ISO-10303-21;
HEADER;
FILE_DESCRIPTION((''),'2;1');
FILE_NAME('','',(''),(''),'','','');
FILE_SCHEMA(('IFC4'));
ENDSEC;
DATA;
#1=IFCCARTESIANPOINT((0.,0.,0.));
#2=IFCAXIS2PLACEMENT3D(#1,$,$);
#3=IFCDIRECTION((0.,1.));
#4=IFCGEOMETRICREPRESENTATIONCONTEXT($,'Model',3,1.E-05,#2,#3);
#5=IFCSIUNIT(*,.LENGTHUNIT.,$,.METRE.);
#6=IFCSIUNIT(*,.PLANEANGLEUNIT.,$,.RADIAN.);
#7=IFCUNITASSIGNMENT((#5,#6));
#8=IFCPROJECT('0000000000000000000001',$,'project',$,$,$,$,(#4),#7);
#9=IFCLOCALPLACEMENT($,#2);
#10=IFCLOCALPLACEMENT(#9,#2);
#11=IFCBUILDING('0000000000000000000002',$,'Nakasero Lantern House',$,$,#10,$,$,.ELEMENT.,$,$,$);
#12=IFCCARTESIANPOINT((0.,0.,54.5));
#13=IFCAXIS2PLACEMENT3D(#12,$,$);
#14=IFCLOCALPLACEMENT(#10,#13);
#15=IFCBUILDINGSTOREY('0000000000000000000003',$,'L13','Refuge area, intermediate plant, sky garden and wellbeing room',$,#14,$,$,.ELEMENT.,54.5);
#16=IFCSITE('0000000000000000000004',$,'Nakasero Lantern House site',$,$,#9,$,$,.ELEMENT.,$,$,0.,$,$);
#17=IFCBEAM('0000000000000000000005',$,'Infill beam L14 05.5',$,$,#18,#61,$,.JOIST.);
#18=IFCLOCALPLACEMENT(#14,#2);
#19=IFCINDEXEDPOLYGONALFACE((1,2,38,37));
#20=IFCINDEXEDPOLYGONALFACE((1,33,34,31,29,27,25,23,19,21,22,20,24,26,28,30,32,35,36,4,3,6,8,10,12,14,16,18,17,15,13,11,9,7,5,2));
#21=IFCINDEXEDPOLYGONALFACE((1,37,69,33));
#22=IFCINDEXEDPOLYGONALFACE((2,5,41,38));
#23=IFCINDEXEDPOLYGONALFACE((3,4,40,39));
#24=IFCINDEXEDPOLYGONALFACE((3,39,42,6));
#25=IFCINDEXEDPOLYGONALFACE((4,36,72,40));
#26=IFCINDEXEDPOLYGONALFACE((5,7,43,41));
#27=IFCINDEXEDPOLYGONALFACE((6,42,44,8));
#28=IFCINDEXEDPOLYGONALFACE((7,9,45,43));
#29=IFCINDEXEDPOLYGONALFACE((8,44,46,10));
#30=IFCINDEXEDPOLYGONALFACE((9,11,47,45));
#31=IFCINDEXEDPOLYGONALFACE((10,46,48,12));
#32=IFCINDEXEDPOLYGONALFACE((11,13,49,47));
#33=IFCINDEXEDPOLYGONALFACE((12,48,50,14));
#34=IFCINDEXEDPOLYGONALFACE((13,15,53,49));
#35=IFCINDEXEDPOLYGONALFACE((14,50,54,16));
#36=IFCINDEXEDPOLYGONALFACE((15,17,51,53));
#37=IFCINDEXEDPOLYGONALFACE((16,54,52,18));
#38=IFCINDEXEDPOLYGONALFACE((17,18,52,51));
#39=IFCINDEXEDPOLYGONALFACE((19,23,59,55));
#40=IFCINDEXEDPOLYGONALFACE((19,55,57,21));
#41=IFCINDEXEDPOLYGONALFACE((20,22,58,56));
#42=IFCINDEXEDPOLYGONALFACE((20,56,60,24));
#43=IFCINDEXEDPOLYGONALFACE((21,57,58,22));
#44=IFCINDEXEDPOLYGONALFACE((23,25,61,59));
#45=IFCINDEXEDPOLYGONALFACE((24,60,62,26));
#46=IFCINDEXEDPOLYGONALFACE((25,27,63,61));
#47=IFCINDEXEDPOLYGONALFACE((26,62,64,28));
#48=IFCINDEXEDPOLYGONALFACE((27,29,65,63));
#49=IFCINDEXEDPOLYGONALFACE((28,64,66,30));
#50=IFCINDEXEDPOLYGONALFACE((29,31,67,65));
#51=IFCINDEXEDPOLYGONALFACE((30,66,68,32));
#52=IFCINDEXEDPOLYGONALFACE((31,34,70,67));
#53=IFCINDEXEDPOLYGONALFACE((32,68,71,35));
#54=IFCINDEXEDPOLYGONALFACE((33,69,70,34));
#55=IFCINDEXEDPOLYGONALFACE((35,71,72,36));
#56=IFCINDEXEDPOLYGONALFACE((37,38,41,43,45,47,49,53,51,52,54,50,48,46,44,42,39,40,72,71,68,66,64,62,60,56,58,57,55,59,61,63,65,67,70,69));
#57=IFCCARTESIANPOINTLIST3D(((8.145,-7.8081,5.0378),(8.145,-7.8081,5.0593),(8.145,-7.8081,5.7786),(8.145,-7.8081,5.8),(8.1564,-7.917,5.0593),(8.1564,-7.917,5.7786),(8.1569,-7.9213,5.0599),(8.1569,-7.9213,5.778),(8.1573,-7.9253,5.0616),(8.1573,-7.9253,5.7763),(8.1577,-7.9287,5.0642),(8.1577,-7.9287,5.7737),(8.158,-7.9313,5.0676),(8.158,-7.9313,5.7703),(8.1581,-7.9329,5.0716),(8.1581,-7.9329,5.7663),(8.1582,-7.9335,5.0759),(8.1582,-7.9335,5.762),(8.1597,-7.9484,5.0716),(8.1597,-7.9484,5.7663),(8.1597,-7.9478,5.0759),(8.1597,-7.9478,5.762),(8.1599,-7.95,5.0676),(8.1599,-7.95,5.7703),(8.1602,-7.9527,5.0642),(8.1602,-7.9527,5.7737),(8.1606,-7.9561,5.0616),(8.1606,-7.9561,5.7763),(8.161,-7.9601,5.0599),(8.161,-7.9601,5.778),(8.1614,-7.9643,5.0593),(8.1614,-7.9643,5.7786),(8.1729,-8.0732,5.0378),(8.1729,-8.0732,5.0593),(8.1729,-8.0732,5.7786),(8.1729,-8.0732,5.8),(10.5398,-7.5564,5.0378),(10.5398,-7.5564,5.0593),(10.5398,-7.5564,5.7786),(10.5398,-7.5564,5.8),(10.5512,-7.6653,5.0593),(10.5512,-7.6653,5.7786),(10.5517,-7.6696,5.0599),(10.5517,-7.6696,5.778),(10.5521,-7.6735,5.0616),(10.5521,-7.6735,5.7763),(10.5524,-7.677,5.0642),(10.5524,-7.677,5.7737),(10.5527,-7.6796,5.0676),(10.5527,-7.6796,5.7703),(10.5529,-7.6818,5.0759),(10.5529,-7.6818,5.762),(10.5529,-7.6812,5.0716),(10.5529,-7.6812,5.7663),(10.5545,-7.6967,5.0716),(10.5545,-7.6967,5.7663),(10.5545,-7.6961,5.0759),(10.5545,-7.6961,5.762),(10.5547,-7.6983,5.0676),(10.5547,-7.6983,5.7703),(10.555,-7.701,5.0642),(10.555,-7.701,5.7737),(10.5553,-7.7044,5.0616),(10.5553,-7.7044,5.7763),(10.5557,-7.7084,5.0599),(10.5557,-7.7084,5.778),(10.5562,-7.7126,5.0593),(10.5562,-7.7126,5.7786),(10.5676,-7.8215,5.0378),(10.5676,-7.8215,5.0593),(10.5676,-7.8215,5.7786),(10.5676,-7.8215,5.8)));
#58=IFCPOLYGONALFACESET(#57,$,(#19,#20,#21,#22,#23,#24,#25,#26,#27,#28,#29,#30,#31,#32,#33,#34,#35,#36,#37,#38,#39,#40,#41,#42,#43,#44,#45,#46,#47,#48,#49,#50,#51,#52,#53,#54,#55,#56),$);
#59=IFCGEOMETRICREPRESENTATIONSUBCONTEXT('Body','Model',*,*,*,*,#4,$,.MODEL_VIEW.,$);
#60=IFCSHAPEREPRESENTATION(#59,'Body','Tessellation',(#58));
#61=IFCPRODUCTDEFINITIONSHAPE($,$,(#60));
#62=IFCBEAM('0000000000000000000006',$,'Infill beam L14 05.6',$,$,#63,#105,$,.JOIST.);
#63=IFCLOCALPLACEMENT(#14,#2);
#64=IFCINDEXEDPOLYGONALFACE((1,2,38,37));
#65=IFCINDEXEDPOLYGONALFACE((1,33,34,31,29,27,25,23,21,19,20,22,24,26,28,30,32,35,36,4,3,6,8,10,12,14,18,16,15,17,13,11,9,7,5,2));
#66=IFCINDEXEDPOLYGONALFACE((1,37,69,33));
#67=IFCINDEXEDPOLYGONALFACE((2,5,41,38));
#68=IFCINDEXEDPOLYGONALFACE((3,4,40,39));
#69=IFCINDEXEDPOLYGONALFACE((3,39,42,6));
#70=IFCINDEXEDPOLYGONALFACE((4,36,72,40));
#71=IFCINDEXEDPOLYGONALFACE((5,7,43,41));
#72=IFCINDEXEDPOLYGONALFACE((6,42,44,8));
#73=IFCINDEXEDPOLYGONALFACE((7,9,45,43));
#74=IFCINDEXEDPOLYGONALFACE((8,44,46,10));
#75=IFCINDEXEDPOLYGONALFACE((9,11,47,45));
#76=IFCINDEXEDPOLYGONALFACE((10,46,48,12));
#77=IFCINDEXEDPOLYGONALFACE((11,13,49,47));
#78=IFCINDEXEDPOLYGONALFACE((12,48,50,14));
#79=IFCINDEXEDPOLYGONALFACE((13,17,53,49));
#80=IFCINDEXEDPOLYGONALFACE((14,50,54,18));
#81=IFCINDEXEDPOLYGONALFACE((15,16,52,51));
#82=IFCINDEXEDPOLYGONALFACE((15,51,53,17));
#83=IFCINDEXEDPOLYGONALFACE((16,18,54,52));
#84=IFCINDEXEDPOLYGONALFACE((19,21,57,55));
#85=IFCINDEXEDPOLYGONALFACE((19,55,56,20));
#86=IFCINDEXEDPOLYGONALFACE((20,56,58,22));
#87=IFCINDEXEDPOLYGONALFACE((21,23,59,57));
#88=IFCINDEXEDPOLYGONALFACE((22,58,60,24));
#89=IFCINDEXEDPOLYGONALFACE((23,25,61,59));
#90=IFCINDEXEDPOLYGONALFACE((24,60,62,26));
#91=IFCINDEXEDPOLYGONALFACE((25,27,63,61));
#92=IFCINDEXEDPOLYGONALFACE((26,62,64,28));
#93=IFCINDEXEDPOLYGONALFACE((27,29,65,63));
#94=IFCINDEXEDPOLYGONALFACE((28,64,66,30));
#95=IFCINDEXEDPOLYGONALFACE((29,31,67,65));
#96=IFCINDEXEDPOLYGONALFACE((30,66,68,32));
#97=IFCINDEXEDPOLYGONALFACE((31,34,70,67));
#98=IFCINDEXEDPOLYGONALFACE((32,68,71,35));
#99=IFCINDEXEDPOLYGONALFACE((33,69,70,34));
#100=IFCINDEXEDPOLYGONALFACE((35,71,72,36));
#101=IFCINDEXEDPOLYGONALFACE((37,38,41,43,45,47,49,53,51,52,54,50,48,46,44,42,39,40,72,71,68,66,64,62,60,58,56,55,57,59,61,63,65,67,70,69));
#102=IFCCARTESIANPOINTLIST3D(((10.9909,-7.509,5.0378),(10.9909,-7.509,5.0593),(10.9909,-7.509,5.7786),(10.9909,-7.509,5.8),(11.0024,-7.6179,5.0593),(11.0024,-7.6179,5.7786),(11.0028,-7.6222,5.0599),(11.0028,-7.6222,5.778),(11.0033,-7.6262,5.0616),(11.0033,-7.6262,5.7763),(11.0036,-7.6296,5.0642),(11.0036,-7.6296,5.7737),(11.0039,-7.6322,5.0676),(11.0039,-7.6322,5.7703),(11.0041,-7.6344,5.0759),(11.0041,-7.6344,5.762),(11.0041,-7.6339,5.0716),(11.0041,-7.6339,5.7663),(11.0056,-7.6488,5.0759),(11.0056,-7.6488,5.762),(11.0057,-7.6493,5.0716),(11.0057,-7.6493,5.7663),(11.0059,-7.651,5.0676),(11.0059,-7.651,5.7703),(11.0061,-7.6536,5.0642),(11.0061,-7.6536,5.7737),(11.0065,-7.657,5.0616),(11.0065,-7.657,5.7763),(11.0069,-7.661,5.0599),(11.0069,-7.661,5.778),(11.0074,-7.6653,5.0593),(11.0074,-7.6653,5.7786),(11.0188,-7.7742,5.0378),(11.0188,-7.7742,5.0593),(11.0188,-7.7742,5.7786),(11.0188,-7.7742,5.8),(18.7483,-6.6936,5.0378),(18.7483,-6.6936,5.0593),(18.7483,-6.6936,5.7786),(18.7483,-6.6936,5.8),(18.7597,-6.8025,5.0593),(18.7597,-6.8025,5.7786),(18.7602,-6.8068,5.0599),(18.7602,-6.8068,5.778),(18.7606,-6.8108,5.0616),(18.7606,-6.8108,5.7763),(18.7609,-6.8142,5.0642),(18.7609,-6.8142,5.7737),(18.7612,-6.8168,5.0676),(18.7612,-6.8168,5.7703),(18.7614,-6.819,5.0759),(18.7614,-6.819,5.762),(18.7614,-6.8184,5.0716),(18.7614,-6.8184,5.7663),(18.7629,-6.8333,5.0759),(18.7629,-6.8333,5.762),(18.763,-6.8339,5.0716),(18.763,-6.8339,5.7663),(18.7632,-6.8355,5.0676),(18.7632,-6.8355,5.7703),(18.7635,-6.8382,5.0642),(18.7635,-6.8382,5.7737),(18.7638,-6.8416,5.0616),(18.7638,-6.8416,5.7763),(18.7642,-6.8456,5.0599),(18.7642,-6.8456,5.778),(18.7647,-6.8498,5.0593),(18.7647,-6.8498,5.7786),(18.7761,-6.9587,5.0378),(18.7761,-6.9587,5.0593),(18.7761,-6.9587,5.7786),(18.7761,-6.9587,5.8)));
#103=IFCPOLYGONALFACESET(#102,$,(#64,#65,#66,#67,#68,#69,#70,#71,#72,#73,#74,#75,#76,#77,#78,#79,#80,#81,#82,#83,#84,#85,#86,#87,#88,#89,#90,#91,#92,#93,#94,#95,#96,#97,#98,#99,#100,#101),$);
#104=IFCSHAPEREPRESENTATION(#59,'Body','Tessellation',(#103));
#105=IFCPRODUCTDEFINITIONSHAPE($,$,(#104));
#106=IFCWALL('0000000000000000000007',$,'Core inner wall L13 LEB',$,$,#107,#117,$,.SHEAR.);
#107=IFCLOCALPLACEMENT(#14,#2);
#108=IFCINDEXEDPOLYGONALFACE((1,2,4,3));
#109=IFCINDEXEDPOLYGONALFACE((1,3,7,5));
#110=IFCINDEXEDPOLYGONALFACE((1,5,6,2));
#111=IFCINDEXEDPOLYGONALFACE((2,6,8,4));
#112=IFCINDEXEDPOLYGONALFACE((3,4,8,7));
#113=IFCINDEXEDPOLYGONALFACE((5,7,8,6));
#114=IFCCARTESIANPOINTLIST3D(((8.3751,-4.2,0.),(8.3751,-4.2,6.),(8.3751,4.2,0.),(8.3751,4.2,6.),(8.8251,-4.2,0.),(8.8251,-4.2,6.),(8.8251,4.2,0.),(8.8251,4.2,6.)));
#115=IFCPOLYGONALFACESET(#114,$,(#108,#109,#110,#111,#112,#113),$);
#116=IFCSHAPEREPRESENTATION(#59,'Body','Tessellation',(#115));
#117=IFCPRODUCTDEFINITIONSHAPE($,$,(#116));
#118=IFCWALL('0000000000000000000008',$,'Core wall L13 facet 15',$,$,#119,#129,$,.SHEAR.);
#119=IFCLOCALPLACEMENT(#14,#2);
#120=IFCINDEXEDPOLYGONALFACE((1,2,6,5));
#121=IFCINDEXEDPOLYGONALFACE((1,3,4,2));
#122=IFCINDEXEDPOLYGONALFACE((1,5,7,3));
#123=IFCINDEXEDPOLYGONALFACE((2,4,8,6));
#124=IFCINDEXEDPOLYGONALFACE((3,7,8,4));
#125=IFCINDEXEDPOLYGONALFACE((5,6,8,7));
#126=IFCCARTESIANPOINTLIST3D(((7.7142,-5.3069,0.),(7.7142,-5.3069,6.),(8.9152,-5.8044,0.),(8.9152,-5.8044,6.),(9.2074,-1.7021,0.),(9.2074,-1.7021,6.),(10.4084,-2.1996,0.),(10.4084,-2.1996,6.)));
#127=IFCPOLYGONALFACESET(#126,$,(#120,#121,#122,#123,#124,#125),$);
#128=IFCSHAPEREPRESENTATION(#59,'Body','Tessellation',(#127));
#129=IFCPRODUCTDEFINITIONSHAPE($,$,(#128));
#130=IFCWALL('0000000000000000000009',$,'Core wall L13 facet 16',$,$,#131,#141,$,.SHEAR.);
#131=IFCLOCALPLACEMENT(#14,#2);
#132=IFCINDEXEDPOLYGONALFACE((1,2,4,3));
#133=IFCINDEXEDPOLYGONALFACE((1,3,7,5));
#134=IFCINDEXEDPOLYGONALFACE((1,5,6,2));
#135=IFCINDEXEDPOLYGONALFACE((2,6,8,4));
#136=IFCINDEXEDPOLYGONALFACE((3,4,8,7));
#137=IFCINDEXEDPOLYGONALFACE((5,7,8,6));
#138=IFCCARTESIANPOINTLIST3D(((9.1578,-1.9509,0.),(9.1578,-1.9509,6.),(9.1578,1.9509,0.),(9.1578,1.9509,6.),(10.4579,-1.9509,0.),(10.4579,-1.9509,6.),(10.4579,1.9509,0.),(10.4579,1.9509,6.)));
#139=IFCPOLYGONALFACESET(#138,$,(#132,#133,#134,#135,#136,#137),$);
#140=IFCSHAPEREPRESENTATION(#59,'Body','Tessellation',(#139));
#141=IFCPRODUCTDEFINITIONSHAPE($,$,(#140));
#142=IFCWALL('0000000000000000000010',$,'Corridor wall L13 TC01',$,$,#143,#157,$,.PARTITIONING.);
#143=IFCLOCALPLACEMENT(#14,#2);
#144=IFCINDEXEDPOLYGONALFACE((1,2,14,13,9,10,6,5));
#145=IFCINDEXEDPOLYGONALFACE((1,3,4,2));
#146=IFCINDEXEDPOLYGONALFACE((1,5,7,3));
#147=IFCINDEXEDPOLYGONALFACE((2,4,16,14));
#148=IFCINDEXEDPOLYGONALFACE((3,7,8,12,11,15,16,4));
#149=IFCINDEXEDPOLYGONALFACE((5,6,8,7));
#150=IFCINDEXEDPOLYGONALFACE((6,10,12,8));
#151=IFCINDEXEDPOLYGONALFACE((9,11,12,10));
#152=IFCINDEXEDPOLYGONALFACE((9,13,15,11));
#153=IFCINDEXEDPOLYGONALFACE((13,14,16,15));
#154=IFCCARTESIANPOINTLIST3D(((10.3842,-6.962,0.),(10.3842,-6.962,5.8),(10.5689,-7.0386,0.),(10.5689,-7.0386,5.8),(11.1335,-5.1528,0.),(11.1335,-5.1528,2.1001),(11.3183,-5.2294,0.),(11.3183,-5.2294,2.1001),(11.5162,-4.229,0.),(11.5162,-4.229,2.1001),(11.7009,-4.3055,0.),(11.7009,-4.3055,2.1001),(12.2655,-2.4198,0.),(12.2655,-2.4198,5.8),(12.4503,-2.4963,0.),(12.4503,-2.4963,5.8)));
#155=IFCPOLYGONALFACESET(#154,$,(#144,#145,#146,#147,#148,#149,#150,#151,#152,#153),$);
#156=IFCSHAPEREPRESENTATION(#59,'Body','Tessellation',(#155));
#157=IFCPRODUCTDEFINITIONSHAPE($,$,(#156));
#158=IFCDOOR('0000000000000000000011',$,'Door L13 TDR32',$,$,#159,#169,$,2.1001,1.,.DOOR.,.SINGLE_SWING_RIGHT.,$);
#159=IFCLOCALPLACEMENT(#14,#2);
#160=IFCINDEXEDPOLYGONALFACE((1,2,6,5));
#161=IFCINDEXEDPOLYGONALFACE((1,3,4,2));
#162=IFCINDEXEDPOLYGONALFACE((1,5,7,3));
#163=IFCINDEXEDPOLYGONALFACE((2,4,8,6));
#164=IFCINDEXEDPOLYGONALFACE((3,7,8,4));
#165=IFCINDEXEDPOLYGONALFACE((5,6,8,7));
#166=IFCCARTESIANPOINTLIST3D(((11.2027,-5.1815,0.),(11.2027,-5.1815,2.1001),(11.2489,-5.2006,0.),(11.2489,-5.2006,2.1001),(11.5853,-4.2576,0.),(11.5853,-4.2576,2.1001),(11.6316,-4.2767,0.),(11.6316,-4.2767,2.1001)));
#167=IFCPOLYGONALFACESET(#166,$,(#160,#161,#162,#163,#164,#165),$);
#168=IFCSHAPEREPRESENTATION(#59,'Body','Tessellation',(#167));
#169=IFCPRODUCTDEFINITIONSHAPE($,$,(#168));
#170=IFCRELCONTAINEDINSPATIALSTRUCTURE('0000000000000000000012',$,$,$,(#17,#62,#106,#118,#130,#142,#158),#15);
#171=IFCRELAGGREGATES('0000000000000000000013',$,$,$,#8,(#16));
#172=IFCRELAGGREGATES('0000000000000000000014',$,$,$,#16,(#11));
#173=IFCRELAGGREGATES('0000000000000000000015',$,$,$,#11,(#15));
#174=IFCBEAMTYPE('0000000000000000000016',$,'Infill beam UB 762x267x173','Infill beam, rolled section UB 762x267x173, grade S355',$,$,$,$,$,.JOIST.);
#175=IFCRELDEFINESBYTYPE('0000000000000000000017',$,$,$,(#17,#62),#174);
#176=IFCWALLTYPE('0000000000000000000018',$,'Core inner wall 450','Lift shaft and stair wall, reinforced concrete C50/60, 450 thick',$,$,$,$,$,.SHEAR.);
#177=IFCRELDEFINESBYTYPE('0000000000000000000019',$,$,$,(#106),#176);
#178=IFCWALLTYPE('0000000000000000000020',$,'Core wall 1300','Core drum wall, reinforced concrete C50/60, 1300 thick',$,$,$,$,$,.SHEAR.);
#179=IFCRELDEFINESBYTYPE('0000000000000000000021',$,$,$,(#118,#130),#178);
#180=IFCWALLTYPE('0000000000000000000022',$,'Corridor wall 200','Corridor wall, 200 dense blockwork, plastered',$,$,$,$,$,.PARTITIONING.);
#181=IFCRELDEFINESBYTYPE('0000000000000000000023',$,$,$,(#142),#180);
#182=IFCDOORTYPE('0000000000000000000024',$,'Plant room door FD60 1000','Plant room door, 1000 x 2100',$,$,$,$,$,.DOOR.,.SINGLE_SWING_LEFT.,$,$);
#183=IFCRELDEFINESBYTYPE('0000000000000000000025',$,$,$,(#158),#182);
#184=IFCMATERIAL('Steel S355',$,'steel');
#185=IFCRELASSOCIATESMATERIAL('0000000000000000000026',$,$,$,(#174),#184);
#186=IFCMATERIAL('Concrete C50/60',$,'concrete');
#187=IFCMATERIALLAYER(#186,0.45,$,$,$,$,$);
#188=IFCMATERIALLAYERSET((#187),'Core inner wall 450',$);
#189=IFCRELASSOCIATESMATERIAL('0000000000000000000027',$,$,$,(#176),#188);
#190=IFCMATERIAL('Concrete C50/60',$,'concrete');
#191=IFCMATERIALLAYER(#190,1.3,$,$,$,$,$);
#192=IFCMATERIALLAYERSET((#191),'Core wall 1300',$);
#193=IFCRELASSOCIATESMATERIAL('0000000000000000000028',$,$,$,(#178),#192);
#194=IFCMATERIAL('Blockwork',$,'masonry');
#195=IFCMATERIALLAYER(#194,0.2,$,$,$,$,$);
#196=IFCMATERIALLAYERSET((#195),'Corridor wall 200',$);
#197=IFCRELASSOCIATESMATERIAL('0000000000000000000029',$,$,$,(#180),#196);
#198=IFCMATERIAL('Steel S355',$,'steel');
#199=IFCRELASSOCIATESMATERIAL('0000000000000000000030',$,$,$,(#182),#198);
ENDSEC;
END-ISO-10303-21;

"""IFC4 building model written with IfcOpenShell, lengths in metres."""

from ifc_helpers import new_model, si_unit, direction, frame, frame_2d, origin, origin_2d, place, context, subcontext, project, spatial, rectangle, i_section, extrude, material, layer, layer_set, material_profile, profile_set, type_object, element, fill, save


model = new_model("IFC4")

# Units and contexts
model_context = context("Model", 3, precision=1e-05, world=origin(), true_north=direction((0.0, 1.0)))
body_context = subcontext(model_context, "Body", "Model", "MODEL_VIEW")
ifc_project = project(units=[si_unit("LENGTHUNIT", "METRE"), si_unit("PLANEANGLEUNIT", "RADIAN")], contexts=[model_context])

# Site, building, storey
site_placement = place(None, origin())
site = spatial("IfcSite", under=ifc_project, at=site_placement, Name="Nakasero Lantern House site", CompositionType="ELEMENT", RefElevation=0.0)
building_placement = place(site_placement, origin())
building = spatial("IfcBuilding", under=site, at=building_placement, Name="Nakasero Lantern House", CompositionType="ELEMENT")
storey_placement = place(building_placement, frame((0.0, 0.0, 54.5)))
storey = spatial("IfcBuildingStorey", under=building, at=storey_placement, Name="L13", Description="Refuge area, intermediate plant, sky garden and wellbeing room", CompositionType="ELEMENT", Elevation=54.5)

# Beams
ifc_material_1 = material(Name="Steel S355", Category="steel")
ifc_material_profile_1 = material_profile(ifc_material_1, i_section(OverallWidth=0.2666, OverallDepth=0.7622, WebThickness=0.0144, FlangeThickness=0.0215, FilletRadius=0.0166, at=origin_2d()), Name="UB 762x267x173")
ifc_profile_set_1 = profile_set([ifc_material_profile_1], Name="Steel S355")
beam_type_1 = type_object("IfcBeamType", Name="Infill beam UB 762x267x173", Description="Infill beam, rolled section UB 762x267x173, grade S355", PredefinedType="JOIST", material=ifc_profile_set_1)
beam_1_placement = place(storey_placement, frame((8.1589, -7.9407, 5.4189), z_axis=(0.994522, 0.104532, 0.0), x_axis=(-0.104532, 0.994522, 0.0)))
element("IfcBeam", 1, at=beam_1_placement, inside=storey, type_object=beam_type_1, Name="Infill beam L14 05.5", PredefinedType="JOIST", context=body_context, shape_type="SweptSolid", body=[
    extrude(i_section(OverallWidth=0.2666, OverallDepth=0.7622, WebThickness=0.0144, FlangeThickness=0.0215, FilletRadius=0.0166, at=origin_2d()), origin(), (0.0, 0.0, 1.0), 2.408),
])
beam_2_placement = place(storey_placement, frame((11.0049, -7.6416, 5.4189), z_axis=(0.994521, 0.104541, 0.0), x_axis=(-0.104541, 0.994521, 0.0)))
element("IfcBeam", 2, at=beam_2_placement, inside=storey, type_object=beam_type_1, Name="Infill beam L14 05.6", PredefinedType="JOIST", context=body_context, shape_type="SweptSolid", body=[
    extrude(i_section(OverallWidth=0.2666, OverallDepth=0.7622, WebThickness=0.0144, FlangeThickness=0.0215, FilletRadius=0.0166, at=origin_2d()), origin(), (0.0, 0.0, 1.0), 7.8),
])

# Walls
ifc_material_2 = material(Name="Concrete C50/60", Category="concrete")
ifc_layer_1 = layer(ifc_material_2, 0.45)
ifc_layer_set_1 = layer_set([ifc_layer_1], Name="Core inner wall 450")
wall_type_1 = type_object("IfcWallType", Name="Core inner wall 450", Description="Lift shaft and stair wall, reinforced concrete C50/60, 450 thick", PredefinedType="SHEAR", material=ifc_layer_set_1)
wall_1_placement = place(storey_placement, frame((8.6001, -4.2, 0.0), z_axis=(0.0, 0.0, 1.0), x_axis=(0.0, 1.0, 0.0)))
element("IfcWall", 3, at=wall_1_placement, inside=storey, type_object=wall_type_1, Name="Core inner wall L13 LEB", PredefinedType="SHEAR", context=body_context, shape_type="SweptSolid", body=[
    extrude(rectangle(XDim=8.3999, YDim=0.45, at=frame_2d((4.2, 0.0))), origin(), (0.0, 0.0, 1.0), 6.0),
])
ifc_material_3 = material(Name="Concrete C50/60", Category="concrete")
ifc_layer_2 = layer(ifc_material_3, 1.3)
ifc_layer_set_2 = layer_set([ifc_layer_2], Name="Core wall 1300")
wall_type_2 = type_object("IfcWallType", Name="Core wall 1300", Description="Core drum wall, reinforced concrete C50/60, 1300 thick", PredefinedType="SHEAR", material=ifc_layer_set_2)
for number, where, z_axis, x_axis, name in (
    (4, (8.3147, -5.5557, 0.0), (0.0, 0.0, 1.0), (0.382691, 0.923877, 0.0), "Core wall L13 facet 15"),
    (5, (9.8079, -1.9509, 0.0), (0.0, 0.0, 1.0), (0.0, 1.0, 0.0), "Core wall L13 facet 16"),
):
    element("IfcWall", number, at=place(storey_placement, frame(where, z_axis=z_axis, x_axis=x_axis)), inside=storey, type_object=wall_type_2, Name=name, PredefinedType="SHEAR", context=body_context, shape_type="SweptSolid", body=[
        extrude(rectangle(XDim=3.9019, YDim=1.3, at=frame_2d((1.9509, 0.0))), origin(), (0.0, 0.0, 1.0), 6.0),
    ])

# Wall, opening, door
ifc_material_4 = material(Name="Blockwork", Category="masonry")
ifc_layer_3 = layer(ifc_material_4, 0.2)
ifc_layer_set_3 = layer_set([ifc_layer_3], Name="Corridor wall 200")
wall_type_3 = type_object("IfcWallType", Name="Corridor wall 200", Description="Corridor wall, 200 dense blockwork, plastered", PredefinedType="PARTITIONING", material=ifc_layer_set_3)
wall_2_placement = place(storey_placement, frame((12.3579, -2.458, 0.0), z_axis=(0.0, 0.0, 1.0), x_axis=(-0.382665, -0.923887, 0.0)))
wall_2 = element("IfcWall", 6, at=wall_2_placement, inside=storey, type_object=wall_type_3, Name="Corridor wall L13 TC01", PredefinedType="PARTITIONING", context=body_context, shape_type="SweptSolid", body=[
    extrude(rectangle(XDim=4.9165, YDim=0.2, at=frame_2d((2.4583, 0.0))), origin(), (0.0, 0.0, 1.0), 5.8),
])
opening_1_placement = place(wall_2_placement, frame((1.9583, 0.0, 0.0)))
opening_1 = element("IfcOpeningElement", 7, at=opening_1_placement, cuts=wall_2, PredefinedType="OPENING", context=body_context, shape_type="SweptSolid", body=[
    extrude(rectangle(XDim=1.0, YDim=2.1001, at=frame_2d((0.5, 1.05))), frame((0.0, 0.1199, 0.0), z_axis=(0.0, -1.0, 0.0), x_axis=(1.0, 0.0, 0.0)), (0.0, 0.0, 1.0), 0.24),
])
ifc_material_5 = material(Name="Steel S355", Category="steel")
door_type_1 = type_object("IfcDoorType", Name="Plant room door FD60 1000", Description="Plant room door, 1000 x 2100", OperationType="SINGLE_SWING_LEFT", PredefinedType="DOOR", material=ifc_material_5)
door_1_placement = place(opening_1_placement, origin())
door_1 = element("IfcDoor", 8, at=door_1_placement, inside=storey, type_object=door_type_1, Name="Door L13 TDR32", OperationType="SINGLE_SWING_RIGHT", OverallHeight=2.1001, OverallWidth=1.0, PredefinedType="DOOR", context=body_context, shape_type="SweptSolid", body=[
    extrude(rectangle(XDim=1.0, YDim=2.1001, at=frame_2d((0.5, 1.05))), frame((0.0, 0.0249, 0.0), z_axis=(0.0, -1.0, 0.0), x_axis=(1.0, 0.0, 0.0)), (0.0, 0.0, 1.0), 0.05),
])
fill(opening_1, door_1)

save(model, "model.ifc")
